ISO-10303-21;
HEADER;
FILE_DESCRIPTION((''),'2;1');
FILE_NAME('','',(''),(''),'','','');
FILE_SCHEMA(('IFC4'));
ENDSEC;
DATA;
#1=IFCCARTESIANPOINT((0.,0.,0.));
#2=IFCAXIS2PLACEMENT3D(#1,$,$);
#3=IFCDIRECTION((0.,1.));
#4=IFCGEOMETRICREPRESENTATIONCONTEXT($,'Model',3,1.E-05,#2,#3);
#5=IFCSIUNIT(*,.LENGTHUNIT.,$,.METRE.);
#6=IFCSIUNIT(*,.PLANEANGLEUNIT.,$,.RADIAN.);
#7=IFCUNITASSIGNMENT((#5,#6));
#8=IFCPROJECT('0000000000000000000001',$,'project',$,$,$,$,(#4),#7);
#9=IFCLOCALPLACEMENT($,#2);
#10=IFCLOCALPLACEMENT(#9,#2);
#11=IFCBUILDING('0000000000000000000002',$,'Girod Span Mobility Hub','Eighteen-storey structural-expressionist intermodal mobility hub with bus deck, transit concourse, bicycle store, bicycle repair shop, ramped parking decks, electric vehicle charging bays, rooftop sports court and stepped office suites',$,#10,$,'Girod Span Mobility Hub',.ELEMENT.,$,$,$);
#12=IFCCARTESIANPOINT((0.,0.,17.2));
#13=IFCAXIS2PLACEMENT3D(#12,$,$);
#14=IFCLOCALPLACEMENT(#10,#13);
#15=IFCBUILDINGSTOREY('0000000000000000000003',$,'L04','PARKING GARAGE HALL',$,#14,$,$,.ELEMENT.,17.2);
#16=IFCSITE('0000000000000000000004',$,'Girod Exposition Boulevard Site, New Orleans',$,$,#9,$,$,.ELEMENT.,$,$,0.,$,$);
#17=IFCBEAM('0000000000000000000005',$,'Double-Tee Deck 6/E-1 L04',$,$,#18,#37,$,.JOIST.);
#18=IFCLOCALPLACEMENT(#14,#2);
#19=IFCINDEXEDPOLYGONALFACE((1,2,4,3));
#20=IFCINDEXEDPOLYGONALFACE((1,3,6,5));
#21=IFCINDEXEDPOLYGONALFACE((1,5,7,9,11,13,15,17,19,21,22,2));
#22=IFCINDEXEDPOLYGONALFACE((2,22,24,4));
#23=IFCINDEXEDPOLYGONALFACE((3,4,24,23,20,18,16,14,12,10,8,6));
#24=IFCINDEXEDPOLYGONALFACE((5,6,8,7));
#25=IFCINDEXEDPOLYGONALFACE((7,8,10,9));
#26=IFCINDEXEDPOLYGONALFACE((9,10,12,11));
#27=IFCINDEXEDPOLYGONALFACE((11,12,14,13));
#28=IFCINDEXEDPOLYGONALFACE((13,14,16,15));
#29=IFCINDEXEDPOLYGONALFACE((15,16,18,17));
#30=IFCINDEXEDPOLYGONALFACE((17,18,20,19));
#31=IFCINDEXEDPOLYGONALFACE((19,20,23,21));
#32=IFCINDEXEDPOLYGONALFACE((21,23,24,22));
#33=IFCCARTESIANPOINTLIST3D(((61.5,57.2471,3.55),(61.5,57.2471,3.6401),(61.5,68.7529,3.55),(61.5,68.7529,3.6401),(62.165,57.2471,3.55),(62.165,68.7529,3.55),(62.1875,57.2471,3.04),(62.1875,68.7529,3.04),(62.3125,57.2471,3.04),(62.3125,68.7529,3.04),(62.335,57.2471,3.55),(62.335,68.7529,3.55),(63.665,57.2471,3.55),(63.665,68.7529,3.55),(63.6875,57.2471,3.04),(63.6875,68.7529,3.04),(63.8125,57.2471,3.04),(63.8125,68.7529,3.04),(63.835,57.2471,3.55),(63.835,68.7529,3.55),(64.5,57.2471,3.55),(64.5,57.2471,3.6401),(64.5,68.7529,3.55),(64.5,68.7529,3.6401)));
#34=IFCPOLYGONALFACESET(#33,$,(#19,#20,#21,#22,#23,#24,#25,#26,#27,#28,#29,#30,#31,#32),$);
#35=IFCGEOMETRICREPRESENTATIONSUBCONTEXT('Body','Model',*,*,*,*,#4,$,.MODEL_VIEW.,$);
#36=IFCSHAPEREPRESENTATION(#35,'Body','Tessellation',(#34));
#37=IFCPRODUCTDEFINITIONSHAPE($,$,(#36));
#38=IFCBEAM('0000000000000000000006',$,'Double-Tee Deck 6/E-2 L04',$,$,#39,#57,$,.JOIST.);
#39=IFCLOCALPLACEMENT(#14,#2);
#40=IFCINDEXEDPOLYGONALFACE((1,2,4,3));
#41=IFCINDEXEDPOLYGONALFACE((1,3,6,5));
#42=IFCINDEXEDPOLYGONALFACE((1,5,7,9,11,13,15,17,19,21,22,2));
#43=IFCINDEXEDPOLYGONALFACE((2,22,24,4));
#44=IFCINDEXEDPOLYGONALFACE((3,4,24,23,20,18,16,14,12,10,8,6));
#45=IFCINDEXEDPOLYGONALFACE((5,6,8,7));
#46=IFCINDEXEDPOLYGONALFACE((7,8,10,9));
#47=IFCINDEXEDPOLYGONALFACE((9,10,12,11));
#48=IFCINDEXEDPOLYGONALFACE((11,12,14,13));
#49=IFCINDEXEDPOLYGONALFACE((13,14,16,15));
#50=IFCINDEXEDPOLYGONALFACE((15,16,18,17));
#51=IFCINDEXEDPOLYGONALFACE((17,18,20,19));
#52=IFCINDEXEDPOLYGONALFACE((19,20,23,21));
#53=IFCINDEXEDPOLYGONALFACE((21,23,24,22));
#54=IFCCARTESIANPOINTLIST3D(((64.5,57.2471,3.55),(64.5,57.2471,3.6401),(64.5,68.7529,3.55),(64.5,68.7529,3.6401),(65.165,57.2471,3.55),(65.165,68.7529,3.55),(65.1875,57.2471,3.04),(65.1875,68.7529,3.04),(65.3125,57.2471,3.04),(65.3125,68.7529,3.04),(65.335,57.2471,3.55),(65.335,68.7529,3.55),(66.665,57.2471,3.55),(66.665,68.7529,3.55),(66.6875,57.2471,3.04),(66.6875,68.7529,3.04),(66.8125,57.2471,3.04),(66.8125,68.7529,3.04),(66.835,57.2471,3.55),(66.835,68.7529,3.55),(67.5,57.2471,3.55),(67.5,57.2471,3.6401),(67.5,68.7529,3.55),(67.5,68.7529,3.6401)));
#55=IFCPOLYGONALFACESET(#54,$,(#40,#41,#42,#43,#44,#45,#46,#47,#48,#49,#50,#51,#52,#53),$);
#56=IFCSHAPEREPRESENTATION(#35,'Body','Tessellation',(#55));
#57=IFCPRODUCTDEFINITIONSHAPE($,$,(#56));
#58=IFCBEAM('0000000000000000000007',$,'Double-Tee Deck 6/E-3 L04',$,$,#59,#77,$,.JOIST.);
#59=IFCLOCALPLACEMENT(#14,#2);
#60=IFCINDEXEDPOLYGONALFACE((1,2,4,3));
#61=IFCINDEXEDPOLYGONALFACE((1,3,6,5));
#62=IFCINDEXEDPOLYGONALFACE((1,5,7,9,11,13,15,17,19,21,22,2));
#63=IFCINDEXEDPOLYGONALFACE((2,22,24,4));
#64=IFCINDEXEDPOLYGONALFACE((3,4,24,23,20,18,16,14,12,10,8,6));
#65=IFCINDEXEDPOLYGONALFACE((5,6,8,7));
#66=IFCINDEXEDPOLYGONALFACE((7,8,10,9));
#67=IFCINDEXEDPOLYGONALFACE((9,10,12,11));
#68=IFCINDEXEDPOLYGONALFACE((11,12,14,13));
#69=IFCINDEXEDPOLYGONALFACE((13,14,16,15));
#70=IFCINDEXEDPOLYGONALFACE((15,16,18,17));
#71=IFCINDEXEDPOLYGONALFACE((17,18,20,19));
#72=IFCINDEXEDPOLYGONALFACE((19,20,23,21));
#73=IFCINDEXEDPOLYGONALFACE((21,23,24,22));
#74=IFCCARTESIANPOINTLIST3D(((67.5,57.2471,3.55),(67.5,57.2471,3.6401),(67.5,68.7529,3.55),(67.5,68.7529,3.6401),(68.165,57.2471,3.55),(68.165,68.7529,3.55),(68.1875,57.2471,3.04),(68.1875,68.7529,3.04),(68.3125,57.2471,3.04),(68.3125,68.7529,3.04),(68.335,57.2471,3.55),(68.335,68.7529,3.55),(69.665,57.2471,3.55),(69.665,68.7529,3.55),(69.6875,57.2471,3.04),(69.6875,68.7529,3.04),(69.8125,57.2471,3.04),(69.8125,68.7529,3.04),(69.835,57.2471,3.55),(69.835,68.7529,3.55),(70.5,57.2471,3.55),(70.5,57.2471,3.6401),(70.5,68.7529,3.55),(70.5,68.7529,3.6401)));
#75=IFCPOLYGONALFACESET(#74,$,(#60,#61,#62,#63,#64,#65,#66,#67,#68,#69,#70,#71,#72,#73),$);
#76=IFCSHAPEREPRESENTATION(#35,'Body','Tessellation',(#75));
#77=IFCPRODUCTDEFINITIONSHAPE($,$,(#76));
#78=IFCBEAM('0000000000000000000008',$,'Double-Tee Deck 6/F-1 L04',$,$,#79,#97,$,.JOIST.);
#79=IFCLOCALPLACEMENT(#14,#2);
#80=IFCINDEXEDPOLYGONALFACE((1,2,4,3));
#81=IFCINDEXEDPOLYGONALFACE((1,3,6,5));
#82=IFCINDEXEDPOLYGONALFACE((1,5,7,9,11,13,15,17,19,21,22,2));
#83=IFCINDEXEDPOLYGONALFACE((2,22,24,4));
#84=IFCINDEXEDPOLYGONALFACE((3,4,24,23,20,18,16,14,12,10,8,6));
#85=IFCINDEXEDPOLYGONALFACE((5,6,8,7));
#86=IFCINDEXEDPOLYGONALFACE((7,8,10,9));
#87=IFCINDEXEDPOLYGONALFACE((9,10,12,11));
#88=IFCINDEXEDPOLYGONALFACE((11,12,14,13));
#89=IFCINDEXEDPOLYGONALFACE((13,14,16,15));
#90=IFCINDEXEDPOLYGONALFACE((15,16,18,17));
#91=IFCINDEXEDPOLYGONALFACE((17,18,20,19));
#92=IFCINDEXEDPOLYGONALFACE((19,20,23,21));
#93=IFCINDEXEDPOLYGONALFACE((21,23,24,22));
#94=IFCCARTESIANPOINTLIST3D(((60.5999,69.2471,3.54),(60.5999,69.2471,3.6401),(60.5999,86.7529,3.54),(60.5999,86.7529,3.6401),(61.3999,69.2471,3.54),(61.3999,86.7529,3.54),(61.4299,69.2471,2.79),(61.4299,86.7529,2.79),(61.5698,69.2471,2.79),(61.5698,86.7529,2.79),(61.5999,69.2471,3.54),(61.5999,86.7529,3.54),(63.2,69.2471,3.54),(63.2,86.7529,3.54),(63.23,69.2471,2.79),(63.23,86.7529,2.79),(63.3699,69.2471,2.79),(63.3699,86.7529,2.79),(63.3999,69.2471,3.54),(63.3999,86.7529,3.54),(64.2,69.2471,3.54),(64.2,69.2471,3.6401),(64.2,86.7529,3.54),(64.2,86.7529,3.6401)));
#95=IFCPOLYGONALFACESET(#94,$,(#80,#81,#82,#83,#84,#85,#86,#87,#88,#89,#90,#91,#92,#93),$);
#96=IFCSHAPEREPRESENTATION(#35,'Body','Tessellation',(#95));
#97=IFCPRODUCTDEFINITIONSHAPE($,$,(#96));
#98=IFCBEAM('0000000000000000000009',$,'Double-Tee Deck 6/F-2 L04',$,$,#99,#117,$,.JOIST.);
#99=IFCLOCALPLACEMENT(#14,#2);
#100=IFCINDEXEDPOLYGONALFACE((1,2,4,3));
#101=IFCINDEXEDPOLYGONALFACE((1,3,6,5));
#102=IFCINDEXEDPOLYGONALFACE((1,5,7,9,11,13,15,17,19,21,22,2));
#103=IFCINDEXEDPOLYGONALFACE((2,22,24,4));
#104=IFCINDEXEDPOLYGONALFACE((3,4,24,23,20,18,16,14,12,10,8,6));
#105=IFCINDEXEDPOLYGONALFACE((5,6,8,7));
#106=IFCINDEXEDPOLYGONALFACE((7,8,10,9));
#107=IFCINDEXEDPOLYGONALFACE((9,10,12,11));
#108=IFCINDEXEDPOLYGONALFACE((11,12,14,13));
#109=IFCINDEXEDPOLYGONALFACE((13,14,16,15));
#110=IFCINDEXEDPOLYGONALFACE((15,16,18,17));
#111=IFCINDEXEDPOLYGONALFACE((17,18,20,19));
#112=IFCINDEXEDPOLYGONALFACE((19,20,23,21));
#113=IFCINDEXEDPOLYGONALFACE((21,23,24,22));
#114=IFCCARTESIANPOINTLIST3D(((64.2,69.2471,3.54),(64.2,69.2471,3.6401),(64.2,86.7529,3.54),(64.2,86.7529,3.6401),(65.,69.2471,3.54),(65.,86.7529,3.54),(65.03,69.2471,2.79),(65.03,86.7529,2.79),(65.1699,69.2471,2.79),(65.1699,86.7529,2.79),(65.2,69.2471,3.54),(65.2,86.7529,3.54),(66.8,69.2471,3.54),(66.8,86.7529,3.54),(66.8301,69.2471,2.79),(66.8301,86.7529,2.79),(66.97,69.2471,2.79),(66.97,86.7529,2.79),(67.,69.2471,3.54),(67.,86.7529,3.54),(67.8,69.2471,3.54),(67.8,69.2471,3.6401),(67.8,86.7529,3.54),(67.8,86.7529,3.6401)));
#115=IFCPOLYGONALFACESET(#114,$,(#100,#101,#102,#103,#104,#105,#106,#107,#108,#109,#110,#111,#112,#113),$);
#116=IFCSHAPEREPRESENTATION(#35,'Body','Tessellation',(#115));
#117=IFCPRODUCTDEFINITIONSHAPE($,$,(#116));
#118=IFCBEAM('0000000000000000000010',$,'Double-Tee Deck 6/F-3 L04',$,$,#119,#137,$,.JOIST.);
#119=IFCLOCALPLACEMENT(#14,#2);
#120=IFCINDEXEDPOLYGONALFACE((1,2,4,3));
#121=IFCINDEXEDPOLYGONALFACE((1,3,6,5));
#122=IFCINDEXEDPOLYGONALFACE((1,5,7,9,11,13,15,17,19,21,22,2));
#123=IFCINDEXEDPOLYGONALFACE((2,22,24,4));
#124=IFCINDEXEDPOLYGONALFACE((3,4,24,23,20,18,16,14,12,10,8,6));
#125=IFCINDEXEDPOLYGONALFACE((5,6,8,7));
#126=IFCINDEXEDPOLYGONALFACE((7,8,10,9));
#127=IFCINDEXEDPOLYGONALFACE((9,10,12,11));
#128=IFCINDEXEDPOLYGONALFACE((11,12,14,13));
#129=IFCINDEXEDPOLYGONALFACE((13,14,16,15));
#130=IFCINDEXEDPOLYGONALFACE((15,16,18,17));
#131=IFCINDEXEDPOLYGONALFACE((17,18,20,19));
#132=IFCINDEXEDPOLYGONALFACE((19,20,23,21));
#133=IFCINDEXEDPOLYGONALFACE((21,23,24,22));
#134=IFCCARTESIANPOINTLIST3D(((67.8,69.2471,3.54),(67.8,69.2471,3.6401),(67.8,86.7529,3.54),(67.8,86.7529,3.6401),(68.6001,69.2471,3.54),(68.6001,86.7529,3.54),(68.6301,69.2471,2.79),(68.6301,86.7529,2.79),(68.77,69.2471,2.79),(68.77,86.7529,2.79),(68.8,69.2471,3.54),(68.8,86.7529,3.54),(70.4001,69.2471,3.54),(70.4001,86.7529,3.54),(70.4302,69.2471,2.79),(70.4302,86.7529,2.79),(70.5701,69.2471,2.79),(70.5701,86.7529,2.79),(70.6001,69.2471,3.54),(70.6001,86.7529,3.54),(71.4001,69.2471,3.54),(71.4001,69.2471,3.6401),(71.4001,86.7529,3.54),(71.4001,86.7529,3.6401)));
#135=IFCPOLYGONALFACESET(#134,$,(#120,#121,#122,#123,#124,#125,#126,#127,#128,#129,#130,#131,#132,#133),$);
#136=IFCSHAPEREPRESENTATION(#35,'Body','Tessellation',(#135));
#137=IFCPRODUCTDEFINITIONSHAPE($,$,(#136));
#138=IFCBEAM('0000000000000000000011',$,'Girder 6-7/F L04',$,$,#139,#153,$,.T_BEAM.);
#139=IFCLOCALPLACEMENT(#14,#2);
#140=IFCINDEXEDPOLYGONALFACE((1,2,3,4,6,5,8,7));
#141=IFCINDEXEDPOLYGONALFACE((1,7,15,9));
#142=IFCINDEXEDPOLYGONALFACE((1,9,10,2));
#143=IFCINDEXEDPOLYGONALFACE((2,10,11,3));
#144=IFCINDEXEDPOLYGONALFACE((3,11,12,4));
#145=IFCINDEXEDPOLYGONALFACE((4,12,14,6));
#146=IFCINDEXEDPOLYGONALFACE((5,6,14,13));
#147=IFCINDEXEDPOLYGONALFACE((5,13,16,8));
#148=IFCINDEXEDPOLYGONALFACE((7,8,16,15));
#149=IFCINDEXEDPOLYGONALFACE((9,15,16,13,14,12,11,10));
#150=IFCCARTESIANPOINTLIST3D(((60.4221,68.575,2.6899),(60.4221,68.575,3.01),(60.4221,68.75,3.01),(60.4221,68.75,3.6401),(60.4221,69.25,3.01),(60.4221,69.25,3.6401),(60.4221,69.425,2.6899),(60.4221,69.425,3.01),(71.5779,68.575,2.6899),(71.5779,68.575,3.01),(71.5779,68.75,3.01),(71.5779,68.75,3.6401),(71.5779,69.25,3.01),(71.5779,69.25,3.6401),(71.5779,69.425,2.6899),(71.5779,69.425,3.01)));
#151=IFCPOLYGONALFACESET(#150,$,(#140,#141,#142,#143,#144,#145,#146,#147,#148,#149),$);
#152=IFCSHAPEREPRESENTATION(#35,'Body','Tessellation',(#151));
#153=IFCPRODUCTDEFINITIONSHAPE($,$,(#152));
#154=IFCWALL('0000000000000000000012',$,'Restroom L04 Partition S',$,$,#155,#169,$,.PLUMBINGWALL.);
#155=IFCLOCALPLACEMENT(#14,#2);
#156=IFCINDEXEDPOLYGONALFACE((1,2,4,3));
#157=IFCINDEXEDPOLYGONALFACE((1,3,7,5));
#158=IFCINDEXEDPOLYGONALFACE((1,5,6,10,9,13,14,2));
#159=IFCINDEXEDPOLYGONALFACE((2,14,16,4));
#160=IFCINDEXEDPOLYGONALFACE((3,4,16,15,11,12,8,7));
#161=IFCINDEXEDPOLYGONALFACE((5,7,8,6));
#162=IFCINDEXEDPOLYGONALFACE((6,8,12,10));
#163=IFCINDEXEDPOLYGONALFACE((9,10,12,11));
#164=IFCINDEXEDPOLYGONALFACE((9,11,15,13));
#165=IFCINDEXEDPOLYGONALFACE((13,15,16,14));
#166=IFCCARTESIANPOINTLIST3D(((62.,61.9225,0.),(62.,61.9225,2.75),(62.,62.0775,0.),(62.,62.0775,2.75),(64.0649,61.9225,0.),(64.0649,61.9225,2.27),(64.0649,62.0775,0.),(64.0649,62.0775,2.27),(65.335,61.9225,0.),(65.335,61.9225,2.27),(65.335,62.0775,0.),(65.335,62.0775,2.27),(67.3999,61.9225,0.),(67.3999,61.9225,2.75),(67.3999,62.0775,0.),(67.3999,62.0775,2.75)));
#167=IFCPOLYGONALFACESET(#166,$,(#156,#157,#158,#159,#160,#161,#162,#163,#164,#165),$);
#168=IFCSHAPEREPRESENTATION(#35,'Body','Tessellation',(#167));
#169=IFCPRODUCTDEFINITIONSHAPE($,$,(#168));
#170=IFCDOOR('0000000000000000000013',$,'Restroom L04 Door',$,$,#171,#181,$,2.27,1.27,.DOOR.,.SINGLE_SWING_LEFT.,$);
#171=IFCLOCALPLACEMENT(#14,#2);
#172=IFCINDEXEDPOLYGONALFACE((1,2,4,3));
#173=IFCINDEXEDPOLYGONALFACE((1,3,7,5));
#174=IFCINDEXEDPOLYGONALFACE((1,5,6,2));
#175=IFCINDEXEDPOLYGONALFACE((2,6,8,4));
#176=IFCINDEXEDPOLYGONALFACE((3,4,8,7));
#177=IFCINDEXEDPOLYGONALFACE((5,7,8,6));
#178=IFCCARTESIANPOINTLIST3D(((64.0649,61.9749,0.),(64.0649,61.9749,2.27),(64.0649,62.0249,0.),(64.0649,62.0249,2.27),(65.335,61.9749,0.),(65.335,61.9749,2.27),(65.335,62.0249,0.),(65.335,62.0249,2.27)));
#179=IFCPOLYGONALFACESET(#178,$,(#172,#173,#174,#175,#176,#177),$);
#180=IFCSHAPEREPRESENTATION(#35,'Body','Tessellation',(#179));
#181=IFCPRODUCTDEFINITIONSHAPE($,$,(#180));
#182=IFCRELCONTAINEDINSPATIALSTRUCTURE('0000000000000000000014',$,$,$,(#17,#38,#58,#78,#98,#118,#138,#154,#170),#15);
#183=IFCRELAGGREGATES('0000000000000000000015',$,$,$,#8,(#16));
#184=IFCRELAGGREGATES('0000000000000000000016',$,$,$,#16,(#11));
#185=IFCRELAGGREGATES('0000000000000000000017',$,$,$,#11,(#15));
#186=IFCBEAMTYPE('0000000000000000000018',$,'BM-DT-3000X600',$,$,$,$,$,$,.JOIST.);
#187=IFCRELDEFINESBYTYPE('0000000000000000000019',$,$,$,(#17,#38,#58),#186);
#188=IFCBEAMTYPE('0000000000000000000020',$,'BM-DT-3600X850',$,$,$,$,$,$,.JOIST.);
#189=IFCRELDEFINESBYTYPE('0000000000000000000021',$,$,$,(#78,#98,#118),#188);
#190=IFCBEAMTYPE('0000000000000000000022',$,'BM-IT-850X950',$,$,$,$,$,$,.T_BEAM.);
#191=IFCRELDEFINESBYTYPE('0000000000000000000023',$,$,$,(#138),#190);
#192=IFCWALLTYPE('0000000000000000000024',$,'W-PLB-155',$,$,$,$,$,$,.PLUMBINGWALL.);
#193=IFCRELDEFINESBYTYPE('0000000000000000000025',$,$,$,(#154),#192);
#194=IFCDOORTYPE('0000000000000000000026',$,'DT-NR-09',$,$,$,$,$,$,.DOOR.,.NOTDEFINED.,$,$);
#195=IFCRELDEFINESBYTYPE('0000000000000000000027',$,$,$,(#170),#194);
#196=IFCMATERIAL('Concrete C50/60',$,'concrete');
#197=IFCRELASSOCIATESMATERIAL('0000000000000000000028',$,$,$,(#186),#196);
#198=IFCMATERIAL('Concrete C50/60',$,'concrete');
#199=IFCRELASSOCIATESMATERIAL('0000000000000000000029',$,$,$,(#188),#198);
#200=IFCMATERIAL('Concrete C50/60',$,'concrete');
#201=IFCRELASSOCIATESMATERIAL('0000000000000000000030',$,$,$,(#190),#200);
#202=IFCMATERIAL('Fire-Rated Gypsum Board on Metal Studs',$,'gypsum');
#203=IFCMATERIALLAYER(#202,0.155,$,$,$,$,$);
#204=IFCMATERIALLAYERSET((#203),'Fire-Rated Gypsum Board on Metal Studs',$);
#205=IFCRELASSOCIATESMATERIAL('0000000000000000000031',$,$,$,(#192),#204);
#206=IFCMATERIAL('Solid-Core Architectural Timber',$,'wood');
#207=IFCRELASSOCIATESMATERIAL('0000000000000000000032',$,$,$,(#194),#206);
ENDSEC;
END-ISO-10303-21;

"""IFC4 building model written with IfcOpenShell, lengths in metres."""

from ifc_helpers import new_model, si_unit, direction, frame, frame_2d, origin, place, context, subcontext, project, spatial, polyline, rectangle, outline, extrude, material, layer, layer_set, material_profile, profile_set, type_object, element, fill, save


model = new_model("IFC4")

# Units and contexts
model_context = context("Model", 3, precision=1e-05, world=origin(), true_north=direction((0.0, 1.0)))
body_context = subcontext(model_context, "Body", "Model", "MODEL_VIEW")
ifc_project = project(units=[si_unit("LENGTHUNIT", "METRE"), si_unit("PLANEANGLEUNIT", "RADIAN")], contexts=[model_context])

# Site, building, storey
site_placement = place(None, origin())
site = spatial("IfcSite", under=ifc_project, at=site_placement, Name="Girod Exposition Boulevard Site, New Orleans", CompositionType="ELEMENT", RefElevation=0.0)
building_placement = place(site_placement, origin())
building = spatial("IfcBuilding", under=site, at=building_placement, Name="Girod Span Mobility Hub", Description="Eighteen-storey structural-expressionist intermodal mobility hub with bus deck, transit concourse, bicycle store, bicycle repair shop, ramped parking decks, electric vehicle charging bays, rooftop sports court and stepped office suites", LongName="Girod Span Mobility Hub", CompositionType="ELEMENT")
storey_placement = place(building_placement, frame((0.0, 0.0, 17.2)))
storey = spatial("IfcBuildingStorey", under=building, at=storey_placement, Name="L04", Description="PARKING GARAGE HALL", CompositionType="ELEMENT", Elevation=17.2)

# Beams
ifc_material_1 = material(Name="Concrete C50/60", Category="concrete")
ifc_material_profile_1 = material_profile(ifc_material_1, outline(polyline([(-1.5, 0.3), (-1.5, 0.21), (-0.835, 0.21), (-0.8125, -0.3), (-0.6875, -0.3), (-0.665, 0.21), (0.665, 0.21), (0.6875, -0.3), (0.8125, -0.3), (0.835, 0.21), (1.5, 0.21), (1.5, 0.3), (-1.5, 0.3)])), Name="DT-3000X600")
ifc_profile_set_1 = profile_set([ifc_material_profile_1], Name="Concrete C50/60")
beam_type_1 = type_object("IfcBeamType", Name="BM-DT-3000X600", PredefinedType="JOIST", material=ifc_profile_set_1)
for number, where, z_axis, x_axis, name in (
    (1, (63.0, 57.2471, 3.3401), (0.0, 1.0, 0.0), (-1.0, 0.0, 0.0), "Double-Tee Deck 6/E-1 L04"),
    (2, (66.0, 57.2471, 3.3401), (0.0, 1.0, 0.0), (-1.0, 0.0, 0.0), "Double-Tee Deck 6/E-2 L04"),
    (3, (69.0, 57.2471, 3.3401), (0.0, 1.0, 0.0), (-1.0, 0.0, 0.0), "Double-Tee Deck 6/E-3 L04"),
):
    element("IfcBeam", number, at=place(storey_placement, frame(where, z_axis=z_axis, x_axis=x_axis)), inside=storey, type_object=beam_type_1, Name=name, PredefinedType="JOIST", context=body_context, shape_type="SweptSolid", body=[
        extrude(outline(polyline([(-1.5, 0.3), (-1.5, 0.21), (-0.835, 0.21), (-0.8125, -0.3), (-0.6875, -0.3), (-0.665, 0.21), (0.665, 0.21), (0.6875, -0.3), (0.8125, -0.3), (0.835, 0.21), (1.5, 0.21), (1.5, 0.3), (-1.5, 0.3)])), origin(), (0.0, 0.0, 1.0), 11.5059),
    ])
ifc_material_2 = material(Name="Concrete C50/60", Category="concrete")
ifc_material_profile_2 = material_profile(ifc_material_2, outline(polyline([(-1.8, 0.425), (-1.8, 0.325), (-1.0, 0.325), (-0.97, -0.425), (-0.8301, -0.425), (-0.8, 0.325), (0.8, 0.325), (0.8301, -0.425), (0.97, -0.425), (1.0, 0.325), (1.8, 0.325), (1.8, 0.425), (-1.8, 0.425)])), Name="DT-3600X850")
ifc_profile_set_2 = profile_set([ifc_material_profile_2], Name="Concrete C50/60")
beam_type_2 = type_object("IfcBeamType", Name="BM-DT-3600X850", PredefinedType="JOIST", material=ifc_profile_set_2)
for number, where, z_axis, x_axis, name in (
    (4, (62.3999, 69.2471, 3.2151), (0.0, 1.0, 0.0), (-1.0, 0.0, 0.0), "Double-Tee Deck 6/F-1 L04"),
    (5, (66.0, 69.2471, 3.2151), (0.0, 1.0, 0.0), (-1.0, 0.0, 0.0), "Double-Tee Deck 6/F-2 L04"),
    (6, (69.6001, 69.2471, 3.2151), (0.0, 1.0, 0.0), (-1.0, 0.0, 0.0), "Double-Tee Deck 6/F-3 L04"),
):
    element("IfcBeam", number, at=place(storey_placement, frame(where, z_axis=z_axis, x_axis=x_axis)), inside=storey, type_object=beam_type_2, Name=name, PredefinedType="JOIST", context=body_context, shape_type="SweptSolid", body=[
        extrude(outline(polyline([(-1.8, 0.425), (-1.8, 0.325), (-1.0, 0.325), (-0.97, -0.425), (-0.8301, -0.425), (-0.8, 0.325), (0.8, 0.325), (0.8301, -0.425), (0.97, -0.425), (1.0, 0.325), (1.8, 0.325), (1.8, 0.425), (-1.8, 0.425)])), origin(), (0.0, 0.0, 1.0), 17.5059),
    ])
ifc_material_3 = material(Name="Concrete C50/60", Category="concrete")
ifc_material_profile_3 = material_profile(ifc_material_3, outline(polyline([(-0.425, -0.4751), (0.425, -0.4751), (0.425, -0.155), (0.25, -0.155), (0.25, 0.4751), (-0.25, 0.4751), (-0.25, -0.155), (-0.425, -0.155), (-0.425, -0.4751)])), Name="IT-850X950")
ifc_profile_set_3 = profile_set([ifc_material_profile_3], Name="Concrete C50/60")
beam_type_3 = type_object("IfcBeamType", Name="BM-IT-850X950", PredefinedType="T_BEAM", material=ifc_profile_set_3)
beam_placement = place(storey_placement, frame((60.4221, 69.0, 3.165), z_axis=(1.0, 0.0, 0.0), x_axis=(0.0, 1.0, 0.0)))
element("IfcBeam", 7, at=beam_placement, inside=storey, type_object=beam_type_3, Name="Girder 6-7/F L04", PredefinedType="T_BEAM", context=body_context, shape_type="SweptSolid", body=[
    extrude(outline(polyline([(-0.425, -0.4751), (0.425, -0.4751), (0.425, -0.155), (0.25, -0.155), (0.25, 0.4751), (-0.25, 0.4751), (-0.25, -0.155), (-0.425, -0.155), (-0.425, -0.4751)])), origin(), (0.0, 0.0, 1.0), 11.1558),
])

# Wall, opening, door
ifc_material_4 = material(Name="Fire-Rated Gypsum Board on Metal Studs", Category="gypsum")
ifc_layer_1 = layer(ifc_material_4, 0.155)
ifc_layer_set_1 = layer_set([ifc_layer_1], Name="Fire-Rated Gypsum Board on Metal Studs")
wall_type_1 = type_object("IfcWallType", Name="W-PLB-155", PredefinedType="PLUMBINGWALL", material=ifc_layer_set_1)
wall_1_placement = place(storey_placement, frame((62.0, 62.0, 0.0), z_axis=(0.0, 0.0, 1.0), x_axis=(1.0, 0.0, 0.0)))
wall_1 = element("IfcWall", 8, at=wall_1_placement, inside=storey, type_object=wall_type_1, Name="Restroom L04 Partition S", PredefinedType="PLUMBINGWALL", context=body_context, shape_type="SweptSolid", body=[
    extrude(rectangle(XDim=5.3999, YDim=0.155, at=frame_2d((2.7, 0.0))), origin(), (0.0, 0.0, 1.0), 2.75),
])
opening_1_placement = place(wall_1_placement, frame((2.0649, 0.0, 0.0)))
opening_1 = element("IfcOpeningElement", 9, at=opening_1_placement, cuts=wall_1, PredefinedType="OPENING", context=body_context, shape_type="SweptSolid", body=[
    extrude(rectangle(XDim=1.27, YDim=2.27, at=frame_2d((0.635, 1.135))), frame((0.0, 0.0925, 0.0), z_axis=(0.0, -1.0, 0.0), x_axis=(1.0, 0.0, 0.0)), (0.0, 0.0, 1.0), 0.1851),
])
ifc_material_5 = material(Name="Solid-Core Architectural Timber", Category="wood")
door_type_1 = type_object("IfcDoorType", Name="DT-NR-09", OperationType="NOTDEFINED", PredefinedType="DOOR", material=ifc_material_5)
door_1_placement = place(opening_1_placement, origin())
door_1 = element("IfcDoor", 10, at=door_1_placement, inside=storey, type_object=door_type_1, Name="Restroom L04 Door", OperationType="SINGLE_SWING_LEFT", OverallHeight=2.27, OverallWidth=1.27, PredefinedType="DOOR", context=body_context, shape_type="SweptSolid", body=[
    extrude(rectangle(XDim=1.27, YDim=2.27, at=frame_2d((0.635, 1.135))), frame((0.0, 0.0249, 0.0), z_axis=(0.0, -1.0, 0.0), x_axis=(1.0, 0.0, 0.0)), (0.0, 0.0, 1.0), 0.05),
])
fill(opening_1, door_1)

save(model, "model.ifc")
